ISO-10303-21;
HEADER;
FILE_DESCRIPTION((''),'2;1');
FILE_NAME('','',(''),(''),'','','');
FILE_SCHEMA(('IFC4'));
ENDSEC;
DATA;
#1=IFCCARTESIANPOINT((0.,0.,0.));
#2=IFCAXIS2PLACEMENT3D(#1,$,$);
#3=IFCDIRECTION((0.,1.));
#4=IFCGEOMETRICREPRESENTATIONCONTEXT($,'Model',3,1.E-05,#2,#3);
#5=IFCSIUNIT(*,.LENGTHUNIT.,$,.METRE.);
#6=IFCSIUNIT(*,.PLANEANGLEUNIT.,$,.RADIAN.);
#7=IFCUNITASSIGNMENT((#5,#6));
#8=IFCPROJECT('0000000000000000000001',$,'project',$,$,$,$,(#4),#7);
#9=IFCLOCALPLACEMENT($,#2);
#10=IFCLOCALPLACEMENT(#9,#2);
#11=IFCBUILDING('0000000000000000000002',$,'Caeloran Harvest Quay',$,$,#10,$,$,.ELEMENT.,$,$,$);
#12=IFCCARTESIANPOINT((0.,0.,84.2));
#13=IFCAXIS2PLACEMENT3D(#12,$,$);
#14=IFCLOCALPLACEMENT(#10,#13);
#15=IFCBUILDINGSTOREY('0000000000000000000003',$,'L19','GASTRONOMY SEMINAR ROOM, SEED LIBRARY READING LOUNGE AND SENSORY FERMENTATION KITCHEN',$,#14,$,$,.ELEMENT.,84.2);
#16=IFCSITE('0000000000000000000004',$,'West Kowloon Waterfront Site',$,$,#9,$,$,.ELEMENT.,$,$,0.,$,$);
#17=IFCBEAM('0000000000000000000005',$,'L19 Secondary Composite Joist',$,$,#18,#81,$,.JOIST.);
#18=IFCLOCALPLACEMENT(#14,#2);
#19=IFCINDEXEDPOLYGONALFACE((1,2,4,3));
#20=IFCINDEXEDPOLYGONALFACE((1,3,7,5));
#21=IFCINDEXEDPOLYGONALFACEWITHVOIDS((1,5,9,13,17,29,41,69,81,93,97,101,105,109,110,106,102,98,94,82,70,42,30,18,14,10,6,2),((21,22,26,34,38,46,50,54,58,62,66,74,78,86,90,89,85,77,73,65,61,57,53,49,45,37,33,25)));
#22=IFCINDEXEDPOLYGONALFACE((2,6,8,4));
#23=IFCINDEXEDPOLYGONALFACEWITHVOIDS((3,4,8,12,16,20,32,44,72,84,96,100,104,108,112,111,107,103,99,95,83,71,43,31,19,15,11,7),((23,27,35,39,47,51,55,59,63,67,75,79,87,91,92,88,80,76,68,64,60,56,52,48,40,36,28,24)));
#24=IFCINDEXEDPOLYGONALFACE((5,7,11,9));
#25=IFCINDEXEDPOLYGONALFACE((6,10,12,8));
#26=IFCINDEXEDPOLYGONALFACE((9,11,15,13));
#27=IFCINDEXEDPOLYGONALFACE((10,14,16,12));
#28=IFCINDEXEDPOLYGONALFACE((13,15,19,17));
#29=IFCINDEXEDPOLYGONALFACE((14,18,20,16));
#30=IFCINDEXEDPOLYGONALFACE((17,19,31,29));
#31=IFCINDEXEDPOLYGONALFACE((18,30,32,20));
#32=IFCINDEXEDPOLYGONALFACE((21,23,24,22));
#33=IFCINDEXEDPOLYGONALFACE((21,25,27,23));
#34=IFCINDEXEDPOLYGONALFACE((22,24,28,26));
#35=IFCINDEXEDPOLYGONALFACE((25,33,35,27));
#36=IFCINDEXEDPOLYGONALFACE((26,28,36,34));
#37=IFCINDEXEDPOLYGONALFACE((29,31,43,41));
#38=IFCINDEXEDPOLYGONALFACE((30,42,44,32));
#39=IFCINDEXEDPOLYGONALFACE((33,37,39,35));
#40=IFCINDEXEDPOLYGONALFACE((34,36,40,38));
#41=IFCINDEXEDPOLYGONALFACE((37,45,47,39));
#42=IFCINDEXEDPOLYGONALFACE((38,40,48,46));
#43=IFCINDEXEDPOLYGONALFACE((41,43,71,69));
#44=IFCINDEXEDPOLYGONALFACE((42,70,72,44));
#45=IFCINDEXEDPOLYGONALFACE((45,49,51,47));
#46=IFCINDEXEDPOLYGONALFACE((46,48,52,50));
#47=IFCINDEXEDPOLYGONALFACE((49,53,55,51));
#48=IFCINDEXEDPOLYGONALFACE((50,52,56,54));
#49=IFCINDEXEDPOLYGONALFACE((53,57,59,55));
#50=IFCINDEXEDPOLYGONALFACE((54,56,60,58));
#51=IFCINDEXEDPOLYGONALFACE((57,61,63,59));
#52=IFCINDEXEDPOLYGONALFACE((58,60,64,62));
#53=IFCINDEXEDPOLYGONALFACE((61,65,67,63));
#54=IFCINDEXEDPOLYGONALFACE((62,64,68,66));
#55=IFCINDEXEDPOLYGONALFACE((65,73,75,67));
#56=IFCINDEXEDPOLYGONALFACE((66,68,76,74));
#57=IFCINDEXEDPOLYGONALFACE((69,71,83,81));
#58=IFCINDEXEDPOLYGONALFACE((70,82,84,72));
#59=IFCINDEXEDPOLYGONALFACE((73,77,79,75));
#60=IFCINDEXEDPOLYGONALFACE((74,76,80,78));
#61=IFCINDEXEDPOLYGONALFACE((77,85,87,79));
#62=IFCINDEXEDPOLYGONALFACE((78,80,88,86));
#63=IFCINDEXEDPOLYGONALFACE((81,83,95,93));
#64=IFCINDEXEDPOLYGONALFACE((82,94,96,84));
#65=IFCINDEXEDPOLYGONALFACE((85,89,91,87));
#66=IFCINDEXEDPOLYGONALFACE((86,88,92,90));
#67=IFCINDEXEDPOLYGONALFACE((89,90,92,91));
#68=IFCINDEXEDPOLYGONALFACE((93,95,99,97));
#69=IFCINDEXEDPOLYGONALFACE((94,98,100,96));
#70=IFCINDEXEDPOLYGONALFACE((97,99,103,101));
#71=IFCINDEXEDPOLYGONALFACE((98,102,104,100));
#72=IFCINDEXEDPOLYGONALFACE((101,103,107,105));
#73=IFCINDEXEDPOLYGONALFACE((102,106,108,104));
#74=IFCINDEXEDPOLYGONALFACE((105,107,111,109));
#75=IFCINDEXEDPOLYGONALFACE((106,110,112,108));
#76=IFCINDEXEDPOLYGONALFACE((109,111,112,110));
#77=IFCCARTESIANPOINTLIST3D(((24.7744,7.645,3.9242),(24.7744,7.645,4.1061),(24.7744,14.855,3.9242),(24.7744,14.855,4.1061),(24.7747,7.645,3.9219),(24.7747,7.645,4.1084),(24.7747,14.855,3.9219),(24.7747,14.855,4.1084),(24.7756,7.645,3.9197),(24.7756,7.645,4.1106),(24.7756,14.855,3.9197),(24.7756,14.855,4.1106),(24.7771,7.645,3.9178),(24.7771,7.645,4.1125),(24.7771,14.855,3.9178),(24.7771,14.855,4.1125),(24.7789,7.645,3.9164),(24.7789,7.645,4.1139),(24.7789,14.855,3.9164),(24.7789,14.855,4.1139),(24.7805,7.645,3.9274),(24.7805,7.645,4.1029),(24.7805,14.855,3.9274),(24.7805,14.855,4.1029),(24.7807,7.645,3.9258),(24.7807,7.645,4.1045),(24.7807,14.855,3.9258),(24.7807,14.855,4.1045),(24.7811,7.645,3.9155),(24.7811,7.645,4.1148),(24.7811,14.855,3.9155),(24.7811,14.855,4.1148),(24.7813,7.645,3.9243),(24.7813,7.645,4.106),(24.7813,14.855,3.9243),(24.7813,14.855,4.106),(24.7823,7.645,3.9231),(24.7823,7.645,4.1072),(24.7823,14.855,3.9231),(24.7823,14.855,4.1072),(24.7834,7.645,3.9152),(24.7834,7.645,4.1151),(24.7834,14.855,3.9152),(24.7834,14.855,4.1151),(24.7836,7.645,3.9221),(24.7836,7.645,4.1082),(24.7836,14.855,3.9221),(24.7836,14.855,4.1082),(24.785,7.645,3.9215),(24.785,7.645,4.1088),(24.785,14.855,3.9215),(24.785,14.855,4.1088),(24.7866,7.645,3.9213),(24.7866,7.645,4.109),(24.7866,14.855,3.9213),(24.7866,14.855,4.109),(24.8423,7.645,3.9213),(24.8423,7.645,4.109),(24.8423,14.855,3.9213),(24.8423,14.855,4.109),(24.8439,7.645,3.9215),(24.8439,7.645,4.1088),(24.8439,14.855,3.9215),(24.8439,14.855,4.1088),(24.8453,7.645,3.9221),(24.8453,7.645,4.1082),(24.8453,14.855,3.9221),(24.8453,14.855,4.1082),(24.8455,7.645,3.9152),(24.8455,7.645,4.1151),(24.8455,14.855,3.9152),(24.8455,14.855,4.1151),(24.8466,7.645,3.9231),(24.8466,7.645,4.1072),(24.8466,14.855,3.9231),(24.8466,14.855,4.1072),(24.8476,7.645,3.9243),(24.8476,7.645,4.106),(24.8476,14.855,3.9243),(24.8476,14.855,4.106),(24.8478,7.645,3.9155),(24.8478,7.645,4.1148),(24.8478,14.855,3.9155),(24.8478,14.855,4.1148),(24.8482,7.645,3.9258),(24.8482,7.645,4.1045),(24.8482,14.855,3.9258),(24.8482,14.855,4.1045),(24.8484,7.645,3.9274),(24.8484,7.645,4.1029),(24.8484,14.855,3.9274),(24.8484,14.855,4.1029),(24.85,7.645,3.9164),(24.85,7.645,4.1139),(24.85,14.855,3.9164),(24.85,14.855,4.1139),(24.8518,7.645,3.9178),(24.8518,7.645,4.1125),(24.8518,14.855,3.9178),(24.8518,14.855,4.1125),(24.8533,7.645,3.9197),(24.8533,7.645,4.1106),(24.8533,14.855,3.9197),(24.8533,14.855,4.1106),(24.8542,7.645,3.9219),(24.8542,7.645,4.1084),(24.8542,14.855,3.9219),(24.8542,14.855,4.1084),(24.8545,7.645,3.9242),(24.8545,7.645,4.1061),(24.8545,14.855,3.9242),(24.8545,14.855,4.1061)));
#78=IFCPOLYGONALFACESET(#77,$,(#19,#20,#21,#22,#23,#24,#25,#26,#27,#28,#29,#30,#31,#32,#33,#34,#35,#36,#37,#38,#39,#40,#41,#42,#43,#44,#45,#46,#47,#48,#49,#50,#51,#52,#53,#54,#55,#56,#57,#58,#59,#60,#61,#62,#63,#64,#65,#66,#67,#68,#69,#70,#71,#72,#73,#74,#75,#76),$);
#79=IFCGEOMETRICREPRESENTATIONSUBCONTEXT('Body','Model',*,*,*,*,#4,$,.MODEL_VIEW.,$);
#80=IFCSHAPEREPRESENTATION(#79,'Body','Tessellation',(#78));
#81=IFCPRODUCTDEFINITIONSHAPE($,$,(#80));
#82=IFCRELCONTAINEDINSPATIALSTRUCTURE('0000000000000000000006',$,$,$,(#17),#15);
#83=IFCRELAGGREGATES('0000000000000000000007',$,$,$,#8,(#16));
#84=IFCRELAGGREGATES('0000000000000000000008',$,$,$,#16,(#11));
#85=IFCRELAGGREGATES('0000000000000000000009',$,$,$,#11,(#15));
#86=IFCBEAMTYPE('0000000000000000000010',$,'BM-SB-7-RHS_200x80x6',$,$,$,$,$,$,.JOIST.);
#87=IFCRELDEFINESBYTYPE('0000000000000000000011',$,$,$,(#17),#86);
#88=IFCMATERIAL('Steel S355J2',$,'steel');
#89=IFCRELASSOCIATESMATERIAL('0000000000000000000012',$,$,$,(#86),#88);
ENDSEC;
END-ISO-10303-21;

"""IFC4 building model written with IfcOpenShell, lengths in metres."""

from ifc_helpers import new_model, si_unit, direction, frame, origin, origin_2d, place, context, subcontext, project, spatial, hollow_rectangle, extrude, material, material_profile, profile_set, type_object, element, save


model = new_model("IFC4")

# Units and contexts
model_context = context("Model", 3, precision=1e-05, world=origin(), true_north=direction((0.0, 1.0)))
body_context = subcontext(model_context, "Body", "Model", "MODEL_VIEW")
ifc_project = project(units=[si_unit("LENGTHUNIT", "METRE"), si_unit("PLANEANGLEUNIT", "RADIAN")], contexts=[model_context])

# Site, building, storey
site_placement = place(None, origin())
site = spatial("IfcSite", under=ifc_project, at=site_placement, Name="West Kowloon Waterfront Site", CompositionType="ELEMENT", RefElevation=0.0)
building_placement = place(site_placement, origin())
building = spatial("IfcBuilding", under=site, at=building_placement, Name="Caeloran Harvest Quay", CompositionType="ELEMENT")
storey_placement = place(building_placement, frame((0.0, 0.0, 84.2)))
storey = spatial("IfcBuildingStorey", under=building, at=storey_placement, Name="L19", Description="GASTRONOMY SEMINAR ROOM, SEED LIBRARY READING LOUNGE AND SENSORY FERMENTATION KITCHEN", CompositionType="ELEMENT", Elevation=84.2)

# Beam
ifc_material_1 = material(Name="Steel S355J2", Category="steel")
ifc_material_profile_1 = material_profile(ifc_material_1, hollow_rectangle(XDim=0.0801, YDim=0.2, WallThickness=0.0061, InnerFilletRadius=0.0061, OuterFilletRadius=0.009, at=origin_2d()), Name="RHS 200x80x6")
ifc_profile_set_1 = profile_set([ifc_material_profile_1], Name="Steel S355J2")
beam_type_1 = type_object("IfcBeamType", Name="BM-SB-7-RHS_200x80x6", PredefinedType="JOIST", material=ifc_profile_set_1)
for number, where, z_axis, x_axis, name in (
    (1, (24.8145, 7.645, 4.0151), (0.0, 1.0, 0.0), (-1.0, 0.0, 0.0), "L19 Secondary Composite Joist"),
):
    element("IfcBeam", number, at=place(storey_placement, frame(where, z_axis=z_axis, x_axis=x_axis)), inside=storey, type_object=beam_type_1, Name=name, PredefinedType="JOIST", context=body_context, shape_type="SweptSolid", body=[
        extrude(hollow_rectangle(XDim=0.0801, YDim=0.2, WallThickness=0.0061, InnerFilletRadius=0.0061, OuterFilletRadius=0.009, at=origin_2d()), origin(), (0.0, 0.0, 1.0), 7.21),
    ])

save(model, "model.ifc")
